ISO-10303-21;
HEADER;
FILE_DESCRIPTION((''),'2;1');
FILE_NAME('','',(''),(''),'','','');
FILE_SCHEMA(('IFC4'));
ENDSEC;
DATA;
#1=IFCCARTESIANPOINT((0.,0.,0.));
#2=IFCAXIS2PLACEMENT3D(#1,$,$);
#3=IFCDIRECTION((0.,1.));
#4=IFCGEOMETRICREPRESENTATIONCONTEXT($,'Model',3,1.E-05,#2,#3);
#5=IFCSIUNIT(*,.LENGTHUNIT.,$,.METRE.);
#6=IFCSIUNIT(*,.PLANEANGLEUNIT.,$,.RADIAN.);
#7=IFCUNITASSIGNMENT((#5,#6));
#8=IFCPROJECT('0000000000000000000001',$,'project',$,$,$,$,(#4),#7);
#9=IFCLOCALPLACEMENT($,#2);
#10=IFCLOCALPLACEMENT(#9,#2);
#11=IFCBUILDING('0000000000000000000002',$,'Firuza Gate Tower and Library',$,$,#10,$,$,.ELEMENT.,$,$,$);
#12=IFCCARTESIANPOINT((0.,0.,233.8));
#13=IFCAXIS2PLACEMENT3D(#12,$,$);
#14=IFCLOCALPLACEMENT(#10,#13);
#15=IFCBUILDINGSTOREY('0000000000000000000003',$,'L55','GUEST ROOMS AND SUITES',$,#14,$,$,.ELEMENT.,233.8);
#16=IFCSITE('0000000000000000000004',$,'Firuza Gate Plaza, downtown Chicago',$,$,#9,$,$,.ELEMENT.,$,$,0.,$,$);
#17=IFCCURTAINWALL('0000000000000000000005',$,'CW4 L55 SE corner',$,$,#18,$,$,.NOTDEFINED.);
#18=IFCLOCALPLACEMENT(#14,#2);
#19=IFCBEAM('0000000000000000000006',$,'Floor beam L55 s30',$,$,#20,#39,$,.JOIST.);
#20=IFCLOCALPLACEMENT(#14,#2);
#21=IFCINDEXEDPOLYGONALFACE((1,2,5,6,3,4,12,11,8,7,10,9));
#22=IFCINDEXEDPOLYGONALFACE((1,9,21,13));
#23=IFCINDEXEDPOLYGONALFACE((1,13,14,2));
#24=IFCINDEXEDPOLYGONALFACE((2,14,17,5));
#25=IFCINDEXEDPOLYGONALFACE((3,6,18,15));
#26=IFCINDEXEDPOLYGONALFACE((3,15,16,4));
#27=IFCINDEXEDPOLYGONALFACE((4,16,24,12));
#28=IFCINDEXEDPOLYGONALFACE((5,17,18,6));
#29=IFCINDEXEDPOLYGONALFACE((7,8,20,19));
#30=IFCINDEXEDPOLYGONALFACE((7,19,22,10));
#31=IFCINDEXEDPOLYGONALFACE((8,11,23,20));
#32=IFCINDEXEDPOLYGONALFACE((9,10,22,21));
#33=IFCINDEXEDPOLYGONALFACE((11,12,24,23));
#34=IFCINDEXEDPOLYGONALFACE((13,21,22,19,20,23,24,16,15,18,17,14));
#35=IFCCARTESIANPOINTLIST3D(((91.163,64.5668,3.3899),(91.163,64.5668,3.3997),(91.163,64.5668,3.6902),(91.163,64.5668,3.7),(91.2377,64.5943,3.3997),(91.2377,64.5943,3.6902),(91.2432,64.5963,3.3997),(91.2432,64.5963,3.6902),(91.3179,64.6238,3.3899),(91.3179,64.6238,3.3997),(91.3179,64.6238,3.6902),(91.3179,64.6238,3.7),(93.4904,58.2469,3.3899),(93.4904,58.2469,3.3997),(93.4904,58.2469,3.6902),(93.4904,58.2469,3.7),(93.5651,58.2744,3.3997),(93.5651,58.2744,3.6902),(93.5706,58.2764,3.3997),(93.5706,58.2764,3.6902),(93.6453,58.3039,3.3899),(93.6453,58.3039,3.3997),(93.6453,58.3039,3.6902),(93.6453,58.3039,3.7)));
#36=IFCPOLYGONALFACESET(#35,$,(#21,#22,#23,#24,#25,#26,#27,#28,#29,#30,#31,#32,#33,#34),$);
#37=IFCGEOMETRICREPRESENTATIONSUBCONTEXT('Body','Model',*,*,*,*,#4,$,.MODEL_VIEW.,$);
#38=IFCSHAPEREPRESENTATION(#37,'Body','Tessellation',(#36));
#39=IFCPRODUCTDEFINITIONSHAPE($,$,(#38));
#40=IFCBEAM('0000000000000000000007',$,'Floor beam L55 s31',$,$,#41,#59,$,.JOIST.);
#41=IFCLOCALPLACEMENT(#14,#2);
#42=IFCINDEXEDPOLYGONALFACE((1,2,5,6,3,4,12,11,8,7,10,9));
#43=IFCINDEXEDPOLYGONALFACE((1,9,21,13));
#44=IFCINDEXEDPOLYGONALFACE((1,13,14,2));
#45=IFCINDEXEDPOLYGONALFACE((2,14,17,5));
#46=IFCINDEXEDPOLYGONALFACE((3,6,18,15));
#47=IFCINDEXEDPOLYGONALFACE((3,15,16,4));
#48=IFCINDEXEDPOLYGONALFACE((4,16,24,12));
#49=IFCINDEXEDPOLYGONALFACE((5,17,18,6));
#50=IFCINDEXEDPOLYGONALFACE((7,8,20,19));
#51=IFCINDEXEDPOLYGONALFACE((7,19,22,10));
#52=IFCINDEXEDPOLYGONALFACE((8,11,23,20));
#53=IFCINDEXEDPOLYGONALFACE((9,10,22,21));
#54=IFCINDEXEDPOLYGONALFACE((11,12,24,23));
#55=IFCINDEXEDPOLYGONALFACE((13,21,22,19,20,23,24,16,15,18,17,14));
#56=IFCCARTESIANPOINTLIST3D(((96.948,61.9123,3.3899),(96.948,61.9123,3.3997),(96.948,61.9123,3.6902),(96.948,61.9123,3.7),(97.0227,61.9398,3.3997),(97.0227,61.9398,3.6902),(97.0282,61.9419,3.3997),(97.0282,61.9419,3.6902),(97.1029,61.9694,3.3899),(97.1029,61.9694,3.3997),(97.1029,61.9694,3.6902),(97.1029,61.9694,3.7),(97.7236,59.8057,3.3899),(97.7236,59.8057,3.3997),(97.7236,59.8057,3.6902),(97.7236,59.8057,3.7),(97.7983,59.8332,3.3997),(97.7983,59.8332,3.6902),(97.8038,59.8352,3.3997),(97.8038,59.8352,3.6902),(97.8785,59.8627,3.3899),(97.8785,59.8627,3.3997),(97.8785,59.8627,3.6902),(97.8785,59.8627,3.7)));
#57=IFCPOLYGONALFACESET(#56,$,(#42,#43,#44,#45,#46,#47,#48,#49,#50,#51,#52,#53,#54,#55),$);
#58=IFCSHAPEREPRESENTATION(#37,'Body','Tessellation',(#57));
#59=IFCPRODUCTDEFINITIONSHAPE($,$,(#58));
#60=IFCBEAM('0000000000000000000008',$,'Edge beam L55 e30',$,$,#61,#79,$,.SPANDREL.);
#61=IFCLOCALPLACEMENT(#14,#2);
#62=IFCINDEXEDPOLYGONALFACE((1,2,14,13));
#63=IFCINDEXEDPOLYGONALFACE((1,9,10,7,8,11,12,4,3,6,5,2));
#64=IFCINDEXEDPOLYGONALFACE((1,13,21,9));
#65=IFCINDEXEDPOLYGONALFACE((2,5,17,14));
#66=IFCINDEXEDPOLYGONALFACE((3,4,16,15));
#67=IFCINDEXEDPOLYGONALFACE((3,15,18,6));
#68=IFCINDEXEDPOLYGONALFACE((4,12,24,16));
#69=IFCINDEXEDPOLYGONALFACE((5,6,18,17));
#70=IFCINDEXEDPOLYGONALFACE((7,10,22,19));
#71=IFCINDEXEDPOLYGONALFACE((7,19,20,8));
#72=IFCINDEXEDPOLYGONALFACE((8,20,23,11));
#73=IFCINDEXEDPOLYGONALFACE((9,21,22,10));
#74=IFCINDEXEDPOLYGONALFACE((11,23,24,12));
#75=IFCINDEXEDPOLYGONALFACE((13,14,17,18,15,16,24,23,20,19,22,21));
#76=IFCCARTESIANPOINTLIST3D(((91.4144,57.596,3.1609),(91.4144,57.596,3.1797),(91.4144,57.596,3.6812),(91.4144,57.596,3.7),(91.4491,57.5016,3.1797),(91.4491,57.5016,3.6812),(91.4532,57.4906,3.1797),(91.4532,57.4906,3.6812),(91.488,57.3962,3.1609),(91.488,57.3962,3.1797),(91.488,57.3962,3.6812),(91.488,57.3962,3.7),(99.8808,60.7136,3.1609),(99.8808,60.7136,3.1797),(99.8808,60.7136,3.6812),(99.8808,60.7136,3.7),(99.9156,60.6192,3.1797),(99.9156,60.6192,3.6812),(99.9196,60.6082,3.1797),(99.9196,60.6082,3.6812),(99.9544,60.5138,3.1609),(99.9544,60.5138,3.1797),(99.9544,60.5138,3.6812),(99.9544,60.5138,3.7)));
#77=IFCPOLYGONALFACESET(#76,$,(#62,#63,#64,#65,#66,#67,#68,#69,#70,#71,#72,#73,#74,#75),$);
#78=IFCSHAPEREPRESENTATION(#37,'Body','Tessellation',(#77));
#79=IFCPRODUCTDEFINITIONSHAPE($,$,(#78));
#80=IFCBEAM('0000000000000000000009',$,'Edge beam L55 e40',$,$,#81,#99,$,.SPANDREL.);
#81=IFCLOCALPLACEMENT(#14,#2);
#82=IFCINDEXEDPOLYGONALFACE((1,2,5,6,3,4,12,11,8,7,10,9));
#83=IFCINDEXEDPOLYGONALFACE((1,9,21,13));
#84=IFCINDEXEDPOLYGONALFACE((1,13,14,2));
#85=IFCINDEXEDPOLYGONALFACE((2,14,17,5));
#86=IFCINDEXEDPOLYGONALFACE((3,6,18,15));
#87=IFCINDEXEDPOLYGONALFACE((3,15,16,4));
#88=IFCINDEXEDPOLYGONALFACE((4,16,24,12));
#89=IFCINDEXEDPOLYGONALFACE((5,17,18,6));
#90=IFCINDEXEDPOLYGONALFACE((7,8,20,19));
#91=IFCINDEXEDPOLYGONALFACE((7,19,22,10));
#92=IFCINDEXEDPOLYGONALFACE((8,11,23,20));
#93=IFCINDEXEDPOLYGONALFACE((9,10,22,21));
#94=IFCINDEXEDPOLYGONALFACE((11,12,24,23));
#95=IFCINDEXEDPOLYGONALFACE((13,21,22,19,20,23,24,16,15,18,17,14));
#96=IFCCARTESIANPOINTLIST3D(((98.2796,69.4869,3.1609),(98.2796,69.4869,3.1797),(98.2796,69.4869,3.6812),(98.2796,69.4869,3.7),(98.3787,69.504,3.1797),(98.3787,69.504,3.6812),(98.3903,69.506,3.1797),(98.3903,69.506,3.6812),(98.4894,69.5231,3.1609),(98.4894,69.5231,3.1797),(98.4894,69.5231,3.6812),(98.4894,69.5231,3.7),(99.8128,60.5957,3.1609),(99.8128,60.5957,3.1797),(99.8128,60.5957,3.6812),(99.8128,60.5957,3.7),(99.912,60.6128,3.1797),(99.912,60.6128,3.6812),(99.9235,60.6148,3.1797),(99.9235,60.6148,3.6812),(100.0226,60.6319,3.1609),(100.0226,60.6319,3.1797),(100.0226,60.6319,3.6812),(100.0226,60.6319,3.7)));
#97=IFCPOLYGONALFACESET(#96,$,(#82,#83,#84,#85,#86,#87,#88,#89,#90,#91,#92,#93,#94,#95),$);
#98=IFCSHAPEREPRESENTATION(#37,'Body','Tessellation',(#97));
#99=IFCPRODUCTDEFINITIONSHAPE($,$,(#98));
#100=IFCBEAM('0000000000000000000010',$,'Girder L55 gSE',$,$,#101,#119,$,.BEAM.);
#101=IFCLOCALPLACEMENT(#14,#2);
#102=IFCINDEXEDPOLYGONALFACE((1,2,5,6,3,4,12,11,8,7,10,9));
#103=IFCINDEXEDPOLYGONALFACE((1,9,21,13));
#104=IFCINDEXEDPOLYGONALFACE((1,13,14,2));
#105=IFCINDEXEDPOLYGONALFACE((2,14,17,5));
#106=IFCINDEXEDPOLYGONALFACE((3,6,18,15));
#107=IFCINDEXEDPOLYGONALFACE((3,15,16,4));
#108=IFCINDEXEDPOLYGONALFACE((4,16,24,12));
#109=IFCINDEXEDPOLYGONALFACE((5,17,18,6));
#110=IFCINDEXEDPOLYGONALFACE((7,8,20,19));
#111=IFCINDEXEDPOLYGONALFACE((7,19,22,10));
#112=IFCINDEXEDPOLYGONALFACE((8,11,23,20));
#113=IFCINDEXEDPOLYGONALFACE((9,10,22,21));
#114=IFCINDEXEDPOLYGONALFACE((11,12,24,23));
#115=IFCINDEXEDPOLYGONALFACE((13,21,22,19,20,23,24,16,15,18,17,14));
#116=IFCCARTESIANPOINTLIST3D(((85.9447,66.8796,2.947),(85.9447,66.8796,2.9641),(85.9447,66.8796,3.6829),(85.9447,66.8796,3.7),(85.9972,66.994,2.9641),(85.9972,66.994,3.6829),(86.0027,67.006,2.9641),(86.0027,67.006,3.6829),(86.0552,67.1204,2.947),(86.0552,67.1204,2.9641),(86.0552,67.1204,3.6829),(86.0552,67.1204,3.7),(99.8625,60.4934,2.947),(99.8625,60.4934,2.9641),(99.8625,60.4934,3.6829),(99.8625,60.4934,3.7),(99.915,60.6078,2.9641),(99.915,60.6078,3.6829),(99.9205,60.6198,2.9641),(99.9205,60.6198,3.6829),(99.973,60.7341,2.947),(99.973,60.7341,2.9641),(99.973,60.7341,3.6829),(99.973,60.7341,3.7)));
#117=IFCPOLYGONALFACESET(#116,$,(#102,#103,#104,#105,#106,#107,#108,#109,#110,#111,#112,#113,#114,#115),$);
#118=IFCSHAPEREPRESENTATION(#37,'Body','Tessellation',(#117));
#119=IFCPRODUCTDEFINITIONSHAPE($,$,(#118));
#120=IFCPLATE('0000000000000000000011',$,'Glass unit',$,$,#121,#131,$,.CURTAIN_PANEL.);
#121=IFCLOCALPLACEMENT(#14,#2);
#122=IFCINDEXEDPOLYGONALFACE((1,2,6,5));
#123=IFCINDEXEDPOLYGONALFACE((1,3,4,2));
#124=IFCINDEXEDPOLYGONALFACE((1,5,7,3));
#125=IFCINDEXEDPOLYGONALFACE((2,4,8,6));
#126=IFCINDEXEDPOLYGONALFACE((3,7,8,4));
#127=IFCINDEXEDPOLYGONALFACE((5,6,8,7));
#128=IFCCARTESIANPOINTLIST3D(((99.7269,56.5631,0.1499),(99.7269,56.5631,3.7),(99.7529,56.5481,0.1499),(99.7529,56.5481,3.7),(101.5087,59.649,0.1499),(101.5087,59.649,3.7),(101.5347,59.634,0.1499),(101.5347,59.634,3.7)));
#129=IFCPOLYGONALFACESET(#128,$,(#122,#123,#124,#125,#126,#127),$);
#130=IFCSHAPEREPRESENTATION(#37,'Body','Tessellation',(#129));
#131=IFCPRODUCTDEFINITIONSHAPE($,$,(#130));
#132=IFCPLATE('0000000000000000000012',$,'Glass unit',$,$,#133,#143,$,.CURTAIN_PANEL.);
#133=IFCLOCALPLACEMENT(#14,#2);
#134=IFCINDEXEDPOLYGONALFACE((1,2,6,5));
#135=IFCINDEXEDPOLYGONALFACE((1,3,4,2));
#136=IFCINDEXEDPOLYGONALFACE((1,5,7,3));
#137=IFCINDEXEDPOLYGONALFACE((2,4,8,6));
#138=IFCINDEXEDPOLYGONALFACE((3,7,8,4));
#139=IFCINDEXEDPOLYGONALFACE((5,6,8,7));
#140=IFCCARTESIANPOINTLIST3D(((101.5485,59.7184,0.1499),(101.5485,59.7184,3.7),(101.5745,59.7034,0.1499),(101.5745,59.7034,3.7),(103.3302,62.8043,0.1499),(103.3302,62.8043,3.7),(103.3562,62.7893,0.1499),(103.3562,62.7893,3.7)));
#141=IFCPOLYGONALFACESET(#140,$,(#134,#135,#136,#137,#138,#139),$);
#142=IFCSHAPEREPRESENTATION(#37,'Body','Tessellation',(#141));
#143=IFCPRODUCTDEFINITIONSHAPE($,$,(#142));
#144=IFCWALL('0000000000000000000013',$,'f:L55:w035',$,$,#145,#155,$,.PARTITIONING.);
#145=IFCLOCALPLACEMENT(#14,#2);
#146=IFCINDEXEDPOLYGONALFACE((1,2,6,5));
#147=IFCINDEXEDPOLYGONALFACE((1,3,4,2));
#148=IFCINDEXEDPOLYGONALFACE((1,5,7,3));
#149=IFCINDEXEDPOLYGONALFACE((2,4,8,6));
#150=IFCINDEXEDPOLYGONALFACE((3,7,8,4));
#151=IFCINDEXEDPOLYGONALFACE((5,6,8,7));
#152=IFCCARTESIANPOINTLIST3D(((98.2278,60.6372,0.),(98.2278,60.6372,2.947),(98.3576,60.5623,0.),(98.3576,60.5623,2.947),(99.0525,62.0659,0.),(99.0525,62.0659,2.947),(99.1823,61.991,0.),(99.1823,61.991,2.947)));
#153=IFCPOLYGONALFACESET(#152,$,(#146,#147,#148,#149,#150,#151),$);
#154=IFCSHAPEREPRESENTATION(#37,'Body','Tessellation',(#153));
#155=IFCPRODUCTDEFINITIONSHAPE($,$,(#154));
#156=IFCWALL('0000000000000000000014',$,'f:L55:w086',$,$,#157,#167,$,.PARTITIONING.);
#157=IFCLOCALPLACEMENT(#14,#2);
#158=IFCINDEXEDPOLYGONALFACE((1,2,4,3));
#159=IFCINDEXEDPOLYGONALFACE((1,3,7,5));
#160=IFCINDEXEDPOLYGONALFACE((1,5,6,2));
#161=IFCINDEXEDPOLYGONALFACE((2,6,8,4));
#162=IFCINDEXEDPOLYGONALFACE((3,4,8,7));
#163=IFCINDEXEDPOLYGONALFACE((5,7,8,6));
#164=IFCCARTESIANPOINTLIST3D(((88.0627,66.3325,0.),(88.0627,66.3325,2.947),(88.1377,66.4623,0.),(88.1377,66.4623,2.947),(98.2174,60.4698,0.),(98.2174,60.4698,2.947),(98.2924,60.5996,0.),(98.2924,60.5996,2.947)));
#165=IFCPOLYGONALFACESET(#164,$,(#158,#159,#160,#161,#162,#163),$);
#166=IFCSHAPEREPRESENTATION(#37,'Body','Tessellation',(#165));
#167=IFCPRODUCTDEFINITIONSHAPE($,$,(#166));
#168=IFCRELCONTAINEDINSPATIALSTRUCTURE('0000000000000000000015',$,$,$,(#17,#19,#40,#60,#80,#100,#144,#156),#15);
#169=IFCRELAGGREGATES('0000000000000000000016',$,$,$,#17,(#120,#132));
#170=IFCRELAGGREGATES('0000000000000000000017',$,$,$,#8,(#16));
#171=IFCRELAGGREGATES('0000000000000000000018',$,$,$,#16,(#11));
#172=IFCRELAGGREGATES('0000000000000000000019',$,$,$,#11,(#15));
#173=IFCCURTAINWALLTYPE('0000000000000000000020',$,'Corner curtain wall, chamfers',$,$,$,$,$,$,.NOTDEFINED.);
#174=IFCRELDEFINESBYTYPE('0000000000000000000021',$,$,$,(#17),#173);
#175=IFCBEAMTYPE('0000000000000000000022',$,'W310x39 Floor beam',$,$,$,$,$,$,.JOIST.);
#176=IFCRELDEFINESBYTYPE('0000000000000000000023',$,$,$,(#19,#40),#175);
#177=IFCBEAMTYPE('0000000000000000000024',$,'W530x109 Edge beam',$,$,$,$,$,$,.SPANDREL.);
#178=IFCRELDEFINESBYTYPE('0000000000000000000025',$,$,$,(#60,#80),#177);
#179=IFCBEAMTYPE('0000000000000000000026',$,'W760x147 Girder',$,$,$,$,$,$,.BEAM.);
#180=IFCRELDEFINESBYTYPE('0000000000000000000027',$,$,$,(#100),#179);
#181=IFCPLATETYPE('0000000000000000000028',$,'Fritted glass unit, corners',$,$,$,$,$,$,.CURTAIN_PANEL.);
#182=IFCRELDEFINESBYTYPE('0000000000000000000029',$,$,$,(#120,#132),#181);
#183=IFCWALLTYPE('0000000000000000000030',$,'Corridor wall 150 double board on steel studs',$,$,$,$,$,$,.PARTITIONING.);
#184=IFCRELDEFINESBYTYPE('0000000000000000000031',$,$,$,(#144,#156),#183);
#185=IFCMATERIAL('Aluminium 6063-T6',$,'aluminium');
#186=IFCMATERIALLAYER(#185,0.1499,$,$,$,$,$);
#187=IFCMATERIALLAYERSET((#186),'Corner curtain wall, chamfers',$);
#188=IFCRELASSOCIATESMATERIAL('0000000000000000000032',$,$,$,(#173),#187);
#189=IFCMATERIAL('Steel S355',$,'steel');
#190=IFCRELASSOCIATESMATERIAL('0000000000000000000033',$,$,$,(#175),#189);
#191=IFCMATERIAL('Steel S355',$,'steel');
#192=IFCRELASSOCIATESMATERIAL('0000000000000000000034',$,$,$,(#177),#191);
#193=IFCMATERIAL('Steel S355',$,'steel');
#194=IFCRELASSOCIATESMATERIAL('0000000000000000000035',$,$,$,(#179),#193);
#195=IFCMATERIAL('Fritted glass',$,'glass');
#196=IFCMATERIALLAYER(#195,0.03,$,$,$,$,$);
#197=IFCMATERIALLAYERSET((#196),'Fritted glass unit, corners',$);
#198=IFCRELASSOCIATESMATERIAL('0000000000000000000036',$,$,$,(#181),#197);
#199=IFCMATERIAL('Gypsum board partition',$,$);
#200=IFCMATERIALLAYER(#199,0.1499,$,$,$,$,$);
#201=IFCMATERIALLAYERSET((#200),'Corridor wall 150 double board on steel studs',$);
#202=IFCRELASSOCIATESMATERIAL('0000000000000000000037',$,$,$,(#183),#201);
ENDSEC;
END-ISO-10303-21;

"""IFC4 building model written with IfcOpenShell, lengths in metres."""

from ifc_helpers import new_model, si_unit, direction, frame, frame_2d, origin, origin_2d, place, context, subcontext, project, spatial, polyline, rectangle, i_section, outline, extrude, material, layer, layer_set, material_profile, profile_set, type_object, element, aggregate, save


model = new_model("IFC4")

# Units and contexts
model_context = context("Model", 3, precision=1e-05, world=origin(), true_north=direction((0.0, 1.0)))
body_context = subcontext(model_context, "Body", "Model", "MODEL_VIEW")
ifc_project = project(units=[si_unit("LENGTHUNIT", "METRE"), si_unit("PLANEANGLEUNIT", "RADIAN")], contexts=[model_context])

# Site, building, storey
site_placement = place(None, origin())
site = spatial("IfcSite", under=ifc_project, at=site_placement, Name="Firuza Gate Plaza, downtown Chicago", CompositionType="ELEMENT", RefElevation=0.0)
building_placement = place(site_placement, origin())
building = spatial("IfcBuilding", under=site, at=building_placement, Name="Firuza Gate Tower and Library", CompositionType="ELEMENT")
storey_placement = place(building_placement, frame((0.0, 0.0, 233.8)))
storey = spatial("IfcBuildingStorey", under=building, at=storey_placement, Name="L55", Description="GUEST ROOMS AND SUITES", CompositionType="ELEMENT", Elevation=233.8)

# Curtain wall
ifc_material_1 = material(Name="Aluminium 6063-T6", Category="aluminium")
ifc_layer_1 = layer(ifc_material_1, 0.1499)
ifc_layer_set_1 = layer_set([ifc_layer_1], Name="Corner curtain wall, chamfers")
curtain_wall_type = type_object("IfcCurtainWallType", Name="Corner curtain wall, chamfers", PredefinedType="NOTDEFINED", material=ifc_layer_set_1)
curtain_wall_placement = place(storey_placement, origin())
curtain_wall = element("IfcCurtainWall", 1, at=curtain_wall_placement, inside=storey, type_object=curtain_wall_type, Name="CW4 L55 SE corner", PredefinedType="NOTDEFINED")

# Beams
ifc_material_2 = material(Name="Steel S355", Category="steel")
ifc_material_profile_1 = material_profile(ifc_material_2, i_section(OverallWidth=0.165, OverallDepth=0.3101, WebThickness=0.0059, FlangeThickness=0.0098, at=origin_2d()))
ifc_profile_set_1 = profile_set([ifc_material_profile_1], Name="Steel S355")
beam_type_1 = type_object("IfcBeamType", Name="W310x39 Floor beam", PredefinedType="JOIST", material=ifc_profile_set_1)
beam_1_placement = place(storey_placement, frame((93.5679, 58.2754, 3.5449), z_axis=(-0.345579, 0.93839, 0.0), x_axis=(-0.93839, -0.345579, 0.0)))
element("IfcBeam", 2, at=beam_1_placement, inside=storey, type_object=beam_type_1, Name="Floor beam L55 s30", PredefinedType="JOIST", context=body_context, shape_type="SweptSolid", body=[
    extrude(i_section(OverallWidth=0.165, OverallDepth=0.3101, WebThickness=0.0059, FlangeThickness=0.0098, at=origin_2d()), origin(), (0.0, 0.0, 1.0), 6.7349),
])
beam_2_placement = place(storey_placement, frame((97.801, 59.8342, 3.5449), z_axis=(-0.345504, 0.938417, 0.0), x_axis=(-0.938417, -0.345504, 0.0)))
element("IfcBeam", 3, at=beam_2_placement, inside=storey, type_object=beam_type_1, Name="Floor beam L55 s31", PredefinedType="JOIST", context=body_context, shape_type="SweptSolid", body=[
    extrude(i_section(OverallWidth=0.165, OverallDepth=0.3101, WebThickness=0.0059, FlangeThickness=0.0098, at=origin_2d()), origin(), (0.0, 0.0, 1.0), 2.2449),
])
ifc_material_3 = material(Name="Steel S355", Category="steel")
ifc_material_profile_2 = material_profile(ifc_material_3, i_section(OverallWidth=0.2129, OverallDepth=0.5391, WebThickness=0.0117, FlangeThickness=0.0188, at=origin_2d()))
ifc_profile_set_2 = profile_set([ifc_material_profile_2], Name="Steel S355")
beam_type_2 = type_object("IfcBeamType", Name="W530x109 Edge beam", PredefinedType="SPANDREL", material=ifc_profile_set_2)
beam_3_placement = place(storey_placement, frame((91.4512, 57.4961, 3.4304), z_axis=(0.9384, 0.345551, 0.0), x_axis=(-0.345551, 0.9384, 0.0)))
element("IfcBeam", 4, at=beam_3_placement, inside=storey, type_object=beam_type_2, Name="Edge beam L55 e30", PredefinedType="SPANDREL", context=body_context, shape_type="SweptSolid", body=[
    extrude(i_section(OverallWidth=0.2129, OverallDepth=0.5391, WebThickness=0.0117, FlangeThickness=0.0188, at=origin_2d()), origin(), (0.0, 0.0, 1.0), 9.0222),
])
beam_4_placement = place(storey_placement, frame((99.9177, 60.6138, 3.4304), z_axis=(-0.169934, 0.985455, 0.0), x_axis=(-0.985455, -0.169934, 0.0)))
element("IfcBeam", 5, at=beam_4_placement, inside=storey, type_object=beam_type_2, Name="Edge beam L55 e40", PredefinedType="SPANDREL", context=body_context, shape_type="SweptSolid", body=[
    extrude(i_section(OverallWidth=0.2129, OverallDepth=0.5391, WebThickness=0.0117, FlangeThickness=0.0188, at=origin_2d()), origin(), (0.0, 0.0, 1.0), 9.0225),
])
ifc_material_4 = material(Name="Steel S355", Category="steel")
ifc_material_profile_3 = material_profile(ifc_material_4, i_section(OverallWidth=0.2649, OverallDepth=0.7529, WebThickness=0.0132, FlangeThickness=0.0171, at=origin_2d()))
ifc_profile_set_3 = profile_set([ifc_material_profile_3], Name="Steel S355")
beam_type_3 = type_object("IfcBeamType", Name="W760x147 Girder", PredefinedType="BEAM", material=ifc_profile_set_3)
beam_5_placement = place(storey_placement, frame((99.9177, 60.6138, 3.3235), z_axis=(-0.908885, 0.417047, 0.0), x_axis=(-0.417047, -0.908885, 0.0)))
element("IfcBeam", 6, at=beam_5_placement, inside=storey, type_object=beam_type_3, Name="Girder L55 gSE", PredefinedType="BEAM", context=body_context, shape_type="SweptSolid", body=[
    extrude(i_section(OverallWidth=0.2649, OverallDepth=0.7529, WebThickness=0.0132, FlangeThickness=0.0171, at=origin_2d()), origin(), (0.0, 0.0, 1.0), 15.313),
])

# Plates
ifc_material_5 = material(Name="Fritted glass", Category="glass")
ifc_layer_2 = layer(ifc_material_5, 0.03)
ifc_layer_set_2 = layer_set([ifc_layer_2], Name="Fritted glass unit, corners")
plate_type = type_object("IfcPlateType", Name="Fritted glass unit, corners", PredefinedType="CURTAIN_PANEL", material=ifc_layer_set_2)
plate_1_placement = place(storey_placement, frame((99.7529, 56.5481, 0.1499), z_axis=(0.866017, -0.500015, 0.0), x_axis=(0.500015, 0.866017, 0.0)))
plate_1 = element("IfcPlate", 7, at=plate_1_placement, type_object=plate_type, Name="Glass unit", PredefinedType="CURTAIN_PANEL", context=body_context, shape_type="SweptSolid", body=[
    extrude(outline(polyline([(0.0, 0.0), (3.5634, 0.0), (3.5634, 3.55), (0.0, 3.55), (0.0, 0.0)])), origin(), (0.0, 0.0, -1.0), 0.03),
])
plate_2_placement = place(storey_placement, frame((101.5745, 59.7034, 0.1499), z_axis=(0.866017, -0.500015, 0.0), x_axis=(0.500015, 0.866017, 0.0)))
plate_2 = element("IfcPlate", 8, at=plate_2_placement, type_object=plate_type, Name="Glass unit", PredefinedType="CURTAIN_PANEL", context=body_context, shape_type="SweptSolid", body=[
    extrude(outline(polyline([(0.0, 0.0), (3.5634, 0.0), (3.5634, 3.55), (0.0, 3.55), (0.0, 0.0)])), origin(), (0.0, 0.0, -1.0), 0.03),
])
aggregate(curtain_wall, [plate_1, plate_2])

# Walls
ifc_material_6 = material(Name="Gypsum board partition")
ifc_layer_3 = layer(ifc_material_6, 0.1499)
ifc_layer_set_3 = layer_set([ifc_layer_3], Name="Corridor wall 150 double board on steel studs")
wall_type = type_object("IfcWallType", Name="Corridor wall 150 double board on steel studs", PredefinedType="PARTITIONING", material=ifc_layer_set_3)
wall_1_placement = place(storey_placement, frame((98.2927, 60.5999, 0.0), z_axis=(0.0, 0.0, 1.0), x_axis=(0.499927, 0.866067, 0.0)))
element("IfcWall", 9, at=wall_1_placement, inside=storey, type_object=wall_type, Name="f:L55:w035", PredefinedType="PARTITIONING", context=body_context, shape_type="SweptSolid", body=[
    extrude(rectangle(XDim=1.6497, YDim=0.1499, at=frame_2d((0.8247, 0.0))), origin(), (0.0, 0.0, 1.0), 2.947),
])
wall_2_placement = place(storey_placement, frame((98.2549, 60.5347, 0.0), z_axis=(0.0, 0.0, 1.0), x_axis=(-0.866028, 0.499995, 0.0)))
element("IfcWall", 10, at=wall_2_placement, inside=storey, type_object=wall_type, Name="f:L55:w086", PredefinedType="PARTITIONING", context=body_context, shape_type="SweptSolid", body=[
    extrude(rectangle(XDim=11.7256, YDim=0.1499, at=frame_2d((5.8628, 0.0))), origin(), (0.0, 0.0, 1.0), 2.947),
])

save(model, "model.ifc")
